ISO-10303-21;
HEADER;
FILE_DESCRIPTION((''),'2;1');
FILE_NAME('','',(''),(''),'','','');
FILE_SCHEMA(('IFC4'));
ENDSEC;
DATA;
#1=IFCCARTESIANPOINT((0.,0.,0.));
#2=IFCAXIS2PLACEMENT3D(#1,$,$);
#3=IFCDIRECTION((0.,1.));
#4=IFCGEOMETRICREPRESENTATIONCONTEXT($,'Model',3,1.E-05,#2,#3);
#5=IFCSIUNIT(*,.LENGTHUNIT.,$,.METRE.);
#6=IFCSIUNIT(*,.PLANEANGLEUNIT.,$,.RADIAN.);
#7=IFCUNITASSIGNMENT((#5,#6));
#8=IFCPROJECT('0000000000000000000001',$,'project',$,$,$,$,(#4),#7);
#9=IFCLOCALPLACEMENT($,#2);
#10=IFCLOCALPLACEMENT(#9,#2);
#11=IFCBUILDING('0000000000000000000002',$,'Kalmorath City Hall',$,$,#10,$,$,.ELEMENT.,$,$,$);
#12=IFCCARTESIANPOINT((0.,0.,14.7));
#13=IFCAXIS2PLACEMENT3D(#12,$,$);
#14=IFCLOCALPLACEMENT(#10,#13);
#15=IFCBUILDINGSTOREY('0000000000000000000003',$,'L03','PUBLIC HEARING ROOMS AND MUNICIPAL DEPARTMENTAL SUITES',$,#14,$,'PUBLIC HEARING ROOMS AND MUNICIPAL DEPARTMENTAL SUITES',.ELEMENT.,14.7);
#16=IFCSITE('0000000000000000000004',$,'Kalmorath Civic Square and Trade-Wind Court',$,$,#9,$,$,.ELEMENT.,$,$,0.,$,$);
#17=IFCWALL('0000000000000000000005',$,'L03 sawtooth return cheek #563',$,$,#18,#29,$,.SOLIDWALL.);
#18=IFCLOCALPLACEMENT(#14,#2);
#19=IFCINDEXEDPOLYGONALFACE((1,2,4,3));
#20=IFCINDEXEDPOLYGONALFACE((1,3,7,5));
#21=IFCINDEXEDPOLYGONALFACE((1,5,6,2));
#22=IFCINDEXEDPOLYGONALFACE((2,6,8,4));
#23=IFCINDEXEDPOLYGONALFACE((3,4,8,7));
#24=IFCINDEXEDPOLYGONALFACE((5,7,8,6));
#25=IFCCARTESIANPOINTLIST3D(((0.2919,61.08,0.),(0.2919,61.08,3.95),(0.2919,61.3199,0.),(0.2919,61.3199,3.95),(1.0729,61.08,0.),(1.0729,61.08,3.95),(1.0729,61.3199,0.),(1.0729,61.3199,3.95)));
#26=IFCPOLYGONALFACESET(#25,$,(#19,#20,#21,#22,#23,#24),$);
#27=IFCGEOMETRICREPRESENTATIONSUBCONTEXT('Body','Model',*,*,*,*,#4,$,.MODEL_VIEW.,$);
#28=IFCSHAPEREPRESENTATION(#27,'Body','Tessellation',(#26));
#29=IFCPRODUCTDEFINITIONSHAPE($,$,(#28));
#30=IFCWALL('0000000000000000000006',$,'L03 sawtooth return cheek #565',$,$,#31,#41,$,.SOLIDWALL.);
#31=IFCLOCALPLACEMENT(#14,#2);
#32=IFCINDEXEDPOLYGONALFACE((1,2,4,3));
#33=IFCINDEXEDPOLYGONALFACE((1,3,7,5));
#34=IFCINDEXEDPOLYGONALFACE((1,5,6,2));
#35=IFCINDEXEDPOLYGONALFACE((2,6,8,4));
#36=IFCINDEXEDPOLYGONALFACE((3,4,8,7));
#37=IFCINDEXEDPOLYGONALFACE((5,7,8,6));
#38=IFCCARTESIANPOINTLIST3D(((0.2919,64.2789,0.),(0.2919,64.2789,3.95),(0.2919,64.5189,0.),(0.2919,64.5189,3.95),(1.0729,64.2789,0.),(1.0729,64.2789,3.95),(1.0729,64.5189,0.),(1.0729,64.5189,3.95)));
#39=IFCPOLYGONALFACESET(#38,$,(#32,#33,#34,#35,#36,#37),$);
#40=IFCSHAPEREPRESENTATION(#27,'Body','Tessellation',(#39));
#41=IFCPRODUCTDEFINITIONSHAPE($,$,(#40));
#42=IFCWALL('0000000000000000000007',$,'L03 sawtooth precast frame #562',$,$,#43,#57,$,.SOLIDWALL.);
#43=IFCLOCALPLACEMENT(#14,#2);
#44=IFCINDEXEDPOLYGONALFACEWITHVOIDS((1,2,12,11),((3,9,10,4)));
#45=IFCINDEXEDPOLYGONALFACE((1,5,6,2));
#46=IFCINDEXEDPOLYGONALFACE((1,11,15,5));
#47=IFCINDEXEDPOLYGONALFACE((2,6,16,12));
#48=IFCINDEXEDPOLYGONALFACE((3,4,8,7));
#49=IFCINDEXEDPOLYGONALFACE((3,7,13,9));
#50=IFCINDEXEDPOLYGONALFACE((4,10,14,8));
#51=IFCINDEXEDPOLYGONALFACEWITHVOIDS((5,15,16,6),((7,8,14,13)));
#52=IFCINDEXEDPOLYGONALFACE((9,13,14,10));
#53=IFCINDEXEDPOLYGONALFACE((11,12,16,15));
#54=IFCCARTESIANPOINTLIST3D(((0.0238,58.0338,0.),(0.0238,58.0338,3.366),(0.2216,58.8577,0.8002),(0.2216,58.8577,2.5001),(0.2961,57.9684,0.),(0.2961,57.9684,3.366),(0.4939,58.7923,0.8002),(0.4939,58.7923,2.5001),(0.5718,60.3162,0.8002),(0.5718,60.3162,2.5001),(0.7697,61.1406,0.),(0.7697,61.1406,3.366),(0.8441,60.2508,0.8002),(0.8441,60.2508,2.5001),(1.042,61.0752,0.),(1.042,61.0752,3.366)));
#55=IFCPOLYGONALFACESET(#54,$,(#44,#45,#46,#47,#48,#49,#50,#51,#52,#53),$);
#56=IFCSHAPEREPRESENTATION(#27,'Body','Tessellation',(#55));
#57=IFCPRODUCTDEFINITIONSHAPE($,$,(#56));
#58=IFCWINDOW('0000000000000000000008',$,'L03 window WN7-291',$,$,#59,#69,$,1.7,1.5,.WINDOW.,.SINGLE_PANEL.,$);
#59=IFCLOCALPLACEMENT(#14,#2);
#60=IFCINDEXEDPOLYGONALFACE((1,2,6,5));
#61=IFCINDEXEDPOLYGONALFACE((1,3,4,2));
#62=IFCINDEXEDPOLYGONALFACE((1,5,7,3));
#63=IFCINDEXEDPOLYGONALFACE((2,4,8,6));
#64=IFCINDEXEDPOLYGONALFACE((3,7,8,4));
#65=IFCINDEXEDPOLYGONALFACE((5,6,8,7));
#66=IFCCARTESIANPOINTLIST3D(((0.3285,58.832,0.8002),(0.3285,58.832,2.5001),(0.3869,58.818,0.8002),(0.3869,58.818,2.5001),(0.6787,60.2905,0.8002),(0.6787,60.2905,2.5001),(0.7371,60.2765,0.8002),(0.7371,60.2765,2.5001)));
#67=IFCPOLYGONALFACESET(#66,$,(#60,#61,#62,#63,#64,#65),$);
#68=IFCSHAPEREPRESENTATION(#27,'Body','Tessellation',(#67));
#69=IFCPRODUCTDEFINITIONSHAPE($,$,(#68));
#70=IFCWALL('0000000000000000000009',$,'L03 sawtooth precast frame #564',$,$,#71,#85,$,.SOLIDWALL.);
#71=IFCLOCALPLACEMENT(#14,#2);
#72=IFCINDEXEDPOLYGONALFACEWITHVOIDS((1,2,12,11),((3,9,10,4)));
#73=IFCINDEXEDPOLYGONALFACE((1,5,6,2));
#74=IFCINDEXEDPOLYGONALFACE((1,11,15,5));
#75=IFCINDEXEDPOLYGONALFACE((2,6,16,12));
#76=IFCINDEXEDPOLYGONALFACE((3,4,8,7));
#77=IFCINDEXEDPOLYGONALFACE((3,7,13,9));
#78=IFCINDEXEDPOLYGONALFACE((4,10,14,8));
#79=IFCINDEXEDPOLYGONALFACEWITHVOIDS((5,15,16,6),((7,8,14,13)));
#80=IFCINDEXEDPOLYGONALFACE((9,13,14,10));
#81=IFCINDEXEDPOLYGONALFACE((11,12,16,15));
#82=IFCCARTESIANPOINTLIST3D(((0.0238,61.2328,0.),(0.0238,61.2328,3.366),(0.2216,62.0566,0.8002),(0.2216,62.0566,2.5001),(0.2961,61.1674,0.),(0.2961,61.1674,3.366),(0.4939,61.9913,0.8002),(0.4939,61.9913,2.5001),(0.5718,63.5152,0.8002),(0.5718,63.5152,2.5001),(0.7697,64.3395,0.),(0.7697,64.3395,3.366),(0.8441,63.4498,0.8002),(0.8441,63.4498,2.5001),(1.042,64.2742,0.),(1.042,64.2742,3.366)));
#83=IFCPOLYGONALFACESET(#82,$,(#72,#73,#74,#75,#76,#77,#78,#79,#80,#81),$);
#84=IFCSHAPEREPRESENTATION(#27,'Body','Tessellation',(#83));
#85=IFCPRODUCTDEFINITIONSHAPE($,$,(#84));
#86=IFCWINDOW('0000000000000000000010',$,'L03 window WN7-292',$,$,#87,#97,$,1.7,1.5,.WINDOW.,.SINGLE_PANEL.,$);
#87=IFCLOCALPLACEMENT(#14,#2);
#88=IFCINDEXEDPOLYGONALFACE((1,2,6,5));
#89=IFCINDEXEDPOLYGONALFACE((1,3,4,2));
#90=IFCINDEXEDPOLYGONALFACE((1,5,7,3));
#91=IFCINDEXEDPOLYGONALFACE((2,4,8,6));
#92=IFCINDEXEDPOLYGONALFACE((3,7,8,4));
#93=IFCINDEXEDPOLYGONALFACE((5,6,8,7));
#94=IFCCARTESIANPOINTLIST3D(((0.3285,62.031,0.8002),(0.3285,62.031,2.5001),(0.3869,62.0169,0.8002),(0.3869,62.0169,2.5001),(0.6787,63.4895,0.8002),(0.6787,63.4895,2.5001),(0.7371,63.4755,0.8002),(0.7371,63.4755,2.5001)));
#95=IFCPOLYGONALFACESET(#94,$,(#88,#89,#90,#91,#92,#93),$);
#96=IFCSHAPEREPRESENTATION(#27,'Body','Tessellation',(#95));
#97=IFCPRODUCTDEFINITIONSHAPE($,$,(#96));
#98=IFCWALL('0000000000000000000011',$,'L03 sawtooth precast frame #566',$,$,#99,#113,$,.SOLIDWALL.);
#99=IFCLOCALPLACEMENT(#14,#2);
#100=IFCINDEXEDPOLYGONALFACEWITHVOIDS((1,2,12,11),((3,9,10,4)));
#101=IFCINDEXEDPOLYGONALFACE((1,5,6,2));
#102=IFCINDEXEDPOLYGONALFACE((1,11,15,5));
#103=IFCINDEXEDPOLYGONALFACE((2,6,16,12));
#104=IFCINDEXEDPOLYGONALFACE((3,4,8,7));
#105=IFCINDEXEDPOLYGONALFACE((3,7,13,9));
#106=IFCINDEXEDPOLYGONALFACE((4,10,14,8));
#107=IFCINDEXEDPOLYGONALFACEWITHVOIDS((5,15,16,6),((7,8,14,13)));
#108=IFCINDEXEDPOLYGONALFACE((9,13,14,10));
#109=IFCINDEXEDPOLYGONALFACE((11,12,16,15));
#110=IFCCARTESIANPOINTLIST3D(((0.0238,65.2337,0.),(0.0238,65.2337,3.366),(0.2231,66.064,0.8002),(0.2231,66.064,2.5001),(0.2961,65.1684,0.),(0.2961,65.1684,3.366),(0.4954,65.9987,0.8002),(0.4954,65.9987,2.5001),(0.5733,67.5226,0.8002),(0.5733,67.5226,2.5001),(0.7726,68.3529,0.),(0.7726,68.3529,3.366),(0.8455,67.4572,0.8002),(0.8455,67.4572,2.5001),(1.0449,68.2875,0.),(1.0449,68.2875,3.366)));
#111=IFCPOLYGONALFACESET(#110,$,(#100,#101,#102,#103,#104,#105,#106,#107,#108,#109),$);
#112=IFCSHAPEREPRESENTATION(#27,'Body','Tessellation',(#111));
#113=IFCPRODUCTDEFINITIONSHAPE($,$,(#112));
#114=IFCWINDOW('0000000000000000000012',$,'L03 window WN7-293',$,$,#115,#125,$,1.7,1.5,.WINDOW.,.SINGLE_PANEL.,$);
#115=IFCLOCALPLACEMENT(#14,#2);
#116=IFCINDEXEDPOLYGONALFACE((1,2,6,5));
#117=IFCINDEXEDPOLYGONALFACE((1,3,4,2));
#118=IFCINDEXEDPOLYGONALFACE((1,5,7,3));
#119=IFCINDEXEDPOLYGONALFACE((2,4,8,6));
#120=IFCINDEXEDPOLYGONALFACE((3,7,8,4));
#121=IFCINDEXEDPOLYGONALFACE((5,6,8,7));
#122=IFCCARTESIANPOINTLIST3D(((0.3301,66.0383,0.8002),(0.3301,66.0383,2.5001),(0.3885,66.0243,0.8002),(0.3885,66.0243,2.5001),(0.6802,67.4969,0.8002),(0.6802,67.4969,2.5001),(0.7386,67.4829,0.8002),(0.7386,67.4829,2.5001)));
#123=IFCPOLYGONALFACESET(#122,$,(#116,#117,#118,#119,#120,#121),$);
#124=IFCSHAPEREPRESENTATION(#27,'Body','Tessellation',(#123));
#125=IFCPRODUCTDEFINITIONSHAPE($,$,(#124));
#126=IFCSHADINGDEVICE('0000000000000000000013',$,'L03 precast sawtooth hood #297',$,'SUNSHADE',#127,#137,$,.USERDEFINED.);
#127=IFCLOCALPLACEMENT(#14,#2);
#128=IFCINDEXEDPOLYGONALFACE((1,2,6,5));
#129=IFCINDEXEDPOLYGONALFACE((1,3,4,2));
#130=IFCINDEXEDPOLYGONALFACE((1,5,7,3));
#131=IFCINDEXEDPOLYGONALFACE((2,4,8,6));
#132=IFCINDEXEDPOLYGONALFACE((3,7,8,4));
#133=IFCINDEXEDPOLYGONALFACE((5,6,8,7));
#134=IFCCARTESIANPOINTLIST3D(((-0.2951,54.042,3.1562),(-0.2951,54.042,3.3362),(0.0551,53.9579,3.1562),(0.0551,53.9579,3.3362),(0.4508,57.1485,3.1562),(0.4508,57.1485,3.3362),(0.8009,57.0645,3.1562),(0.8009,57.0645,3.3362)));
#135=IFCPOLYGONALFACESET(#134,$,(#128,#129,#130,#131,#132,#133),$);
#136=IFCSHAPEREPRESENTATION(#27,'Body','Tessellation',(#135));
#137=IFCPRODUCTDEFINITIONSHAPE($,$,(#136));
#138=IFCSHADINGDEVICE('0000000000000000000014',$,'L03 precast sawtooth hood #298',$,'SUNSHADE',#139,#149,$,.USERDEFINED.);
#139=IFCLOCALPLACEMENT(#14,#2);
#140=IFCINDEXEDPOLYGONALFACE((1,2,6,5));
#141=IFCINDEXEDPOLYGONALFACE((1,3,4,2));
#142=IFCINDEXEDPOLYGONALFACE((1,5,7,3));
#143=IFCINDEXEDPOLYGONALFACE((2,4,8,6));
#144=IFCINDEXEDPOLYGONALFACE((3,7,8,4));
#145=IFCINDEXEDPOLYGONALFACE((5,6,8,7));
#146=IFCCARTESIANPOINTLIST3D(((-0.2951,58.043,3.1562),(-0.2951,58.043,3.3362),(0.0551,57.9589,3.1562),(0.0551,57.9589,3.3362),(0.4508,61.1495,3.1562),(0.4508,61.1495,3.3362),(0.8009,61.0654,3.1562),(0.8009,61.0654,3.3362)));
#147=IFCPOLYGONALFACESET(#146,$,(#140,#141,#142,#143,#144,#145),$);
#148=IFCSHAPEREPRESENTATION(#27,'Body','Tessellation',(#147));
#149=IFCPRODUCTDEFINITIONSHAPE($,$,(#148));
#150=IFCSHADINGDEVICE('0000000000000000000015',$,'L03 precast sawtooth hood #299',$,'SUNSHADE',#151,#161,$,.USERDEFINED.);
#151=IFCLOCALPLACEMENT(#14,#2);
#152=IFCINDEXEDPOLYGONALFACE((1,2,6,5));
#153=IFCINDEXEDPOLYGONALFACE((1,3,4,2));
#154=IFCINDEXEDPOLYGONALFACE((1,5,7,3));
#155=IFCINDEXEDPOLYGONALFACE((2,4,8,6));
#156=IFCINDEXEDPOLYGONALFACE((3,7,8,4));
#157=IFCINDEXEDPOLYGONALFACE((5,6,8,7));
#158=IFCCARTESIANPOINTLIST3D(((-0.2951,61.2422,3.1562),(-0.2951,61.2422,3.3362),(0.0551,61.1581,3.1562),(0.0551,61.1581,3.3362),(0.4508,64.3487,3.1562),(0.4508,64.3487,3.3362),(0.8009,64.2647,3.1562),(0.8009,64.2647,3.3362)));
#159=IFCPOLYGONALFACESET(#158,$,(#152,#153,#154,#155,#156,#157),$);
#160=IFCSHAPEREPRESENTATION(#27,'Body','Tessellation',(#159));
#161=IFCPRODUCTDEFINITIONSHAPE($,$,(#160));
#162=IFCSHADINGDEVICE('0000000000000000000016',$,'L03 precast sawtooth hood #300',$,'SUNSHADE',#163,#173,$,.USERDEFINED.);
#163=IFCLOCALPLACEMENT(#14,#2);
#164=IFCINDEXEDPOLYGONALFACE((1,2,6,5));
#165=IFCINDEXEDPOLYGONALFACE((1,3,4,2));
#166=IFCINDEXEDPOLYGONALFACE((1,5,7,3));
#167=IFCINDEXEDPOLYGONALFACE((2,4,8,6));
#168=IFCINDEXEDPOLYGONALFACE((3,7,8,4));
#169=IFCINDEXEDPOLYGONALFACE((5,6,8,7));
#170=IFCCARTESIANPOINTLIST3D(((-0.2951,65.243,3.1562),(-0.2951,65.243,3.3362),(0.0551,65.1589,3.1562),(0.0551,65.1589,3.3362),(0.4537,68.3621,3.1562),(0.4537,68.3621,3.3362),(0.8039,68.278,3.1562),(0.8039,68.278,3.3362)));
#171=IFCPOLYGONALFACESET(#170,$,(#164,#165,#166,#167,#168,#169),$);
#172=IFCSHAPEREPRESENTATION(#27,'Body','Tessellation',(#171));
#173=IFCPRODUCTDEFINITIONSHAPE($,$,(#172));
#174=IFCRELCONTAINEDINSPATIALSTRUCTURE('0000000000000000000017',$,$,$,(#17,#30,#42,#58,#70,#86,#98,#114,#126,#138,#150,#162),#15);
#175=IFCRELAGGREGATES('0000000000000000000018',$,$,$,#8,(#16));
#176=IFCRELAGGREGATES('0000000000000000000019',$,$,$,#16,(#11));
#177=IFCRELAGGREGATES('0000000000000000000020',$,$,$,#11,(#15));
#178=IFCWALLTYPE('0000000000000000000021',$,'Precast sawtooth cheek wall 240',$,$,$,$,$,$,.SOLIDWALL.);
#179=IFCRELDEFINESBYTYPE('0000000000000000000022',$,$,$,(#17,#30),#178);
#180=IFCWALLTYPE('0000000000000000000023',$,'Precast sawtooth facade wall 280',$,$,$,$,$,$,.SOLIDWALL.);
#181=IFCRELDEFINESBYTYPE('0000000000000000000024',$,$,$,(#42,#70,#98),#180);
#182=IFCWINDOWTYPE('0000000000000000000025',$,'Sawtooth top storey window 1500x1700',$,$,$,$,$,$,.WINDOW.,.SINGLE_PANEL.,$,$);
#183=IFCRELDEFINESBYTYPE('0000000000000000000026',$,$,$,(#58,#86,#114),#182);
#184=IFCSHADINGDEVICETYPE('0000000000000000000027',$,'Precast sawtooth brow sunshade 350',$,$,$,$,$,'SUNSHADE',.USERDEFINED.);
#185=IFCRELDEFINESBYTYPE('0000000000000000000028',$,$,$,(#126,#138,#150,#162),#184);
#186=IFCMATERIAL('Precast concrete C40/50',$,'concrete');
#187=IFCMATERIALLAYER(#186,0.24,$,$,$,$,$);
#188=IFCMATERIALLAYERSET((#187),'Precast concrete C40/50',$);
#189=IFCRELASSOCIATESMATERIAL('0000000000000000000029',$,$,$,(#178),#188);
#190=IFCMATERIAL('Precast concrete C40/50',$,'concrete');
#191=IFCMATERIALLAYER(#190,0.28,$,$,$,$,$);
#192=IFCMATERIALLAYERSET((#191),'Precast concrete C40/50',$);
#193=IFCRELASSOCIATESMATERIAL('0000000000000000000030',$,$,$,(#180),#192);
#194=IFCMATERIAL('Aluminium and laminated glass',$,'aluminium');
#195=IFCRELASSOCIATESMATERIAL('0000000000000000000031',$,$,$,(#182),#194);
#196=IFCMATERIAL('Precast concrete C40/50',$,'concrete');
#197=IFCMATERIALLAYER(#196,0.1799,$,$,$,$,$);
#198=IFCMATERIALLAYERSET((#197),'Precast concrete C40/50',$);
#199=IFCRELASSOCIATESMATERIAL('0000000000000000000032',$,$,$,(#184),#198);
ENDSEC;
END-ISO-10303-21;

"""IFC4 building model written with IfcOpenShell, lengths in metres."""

from ifc_helpers import new_model, si_unit, direction, frame, frame_2d, origin, origin_2d, place, context, subcontext, project, spatial, rectangle, extrude, material, layer, layer_set, type_object, element, fill, save


model = new_model("IFC4")

# Units and contexts
model_context = context("Model", 3, precision=1e-05, world=origin(), true_north=direction((0.0, 1.0)))
body_context = subcontext(model_context, "Body", "Model", "MODEL_VIEW")
ifc_project = project(units=[si_unit("LENGTHUNIT", "METRE"), si_unit("PLANEANGLEUNIT", "RADIAN")], contexts=[model_context])

# Site, building, storey
site_placement = place(None, origin())
site = spatial("IfcSite", under=ifc_project, at=site_placement, Name="Kalmorath Civic Square and Trade-Wind Court", CompositionType="ELEMENT", RefElevation=0.0)
building_placement = place(site_placement, origin())
building = spatial("IfcBuilding", under=site, at=building_placement, Name="Kalmorath City Hall", CompositionType="ELEMENT")
storey_placement = place(building_placement, frame((0.0, 0.0, 14.7)))
storey = spatial("IfcBuildingStorey", under=building, at=storey_placement, Name="L03", Description="PUBLIC HEARING ROOMS AND MUNICIPAL DEPARTMENTAL SUITES", LongName="PUBLIC HEARING ROOMS AND MUNICIPAL DEPARTMENTAL SUITES", CompositionType="ELEMENT", Elevation=14.7)

# Walls
ifc_material_1 = material(Name="Precast concrete C40/50", Category="concrete")
ifc_layer_1 = layer(ifc_material_1, 0.24)
ifc_layer_set_1 = layer_set([ifc_layer_1], Name="Precast concrete C40/50")
wall_type_1 = type_object("IfcWallType", Name="Precast sawtooth cheek wall 240", PredefinedType="SOLIDWALL", material=ifc_layer_set_1)
for number, where, z_axis, x_axis, name in (
    (1, (1.073, 61.2, 0.0), (0.0, 0.0, 1.0), (-1.0, 0.0, 0.0), "L03 sawtooth return cheek #563"),
    (2, (1.073, 64.3989, 0.0), (0.0, 0.0, 1.0), (-1.0, 0.0, 0.0), "L03 sawtooth return cheek #565"),
):
    element("IfcWall", number, at=place(storey_placement, frame(where, z_axis=z_axis, x_axis=x_axis)), inside=storey, type_object=wall_type_1, Name=name, PredefinedType="SOLIDWALL", context=body_context, shape_type="SweptSolid", body=[
        extrude(rectangle(XDim=0.781, YDim=0.24, at=frame_2d((0.3906, 0.0))), origin(), (0.0, 0.0, 1.0), 3.95),
    ])

# Walls, openings, windows
ifc_material_2 = material(Name="Precast concrete C40/50", Category="concrete")
ifc_layer_2 = layer(ifc_material_2, 0.28)
ifc_layer_set_2 = layer_set([ifc_layer_2], Name="Precast concrete C40/50")
wall_type_2 = type_object("IfcWallType", Name="Precast sawtooth facade wall 280", PredefinedType="SOLIDWALL", material=ifc_layer_set_2)
wall_1_placement = place(storey_placement, frame((0.1599, 58.001, 0.0), z_axis=(0.0, 0.0, 1.0), x_axis=(0.233445, 0.97237, 0.0)))
wall_1 = element("IfcWall", 3, at=wall_1_placement, inside=storey, type_object=wall_type_2, Name="L03 sawtooth precast frame #562", PredefinedType="SOLIDWALL", context=body_context, shape_type="SweptSolid", body=[
    extrude(rectangle(XDim=3.1951, YDim=0.28, at=frame_2d((1.5977, 0.0))), origin(), (0.0, 0.0, 1.0), 3.366),
])
opening_1_placement = place(wall_1_placement, frame((0.8474, 0.0, 0.8)))
opening_1 = element("IfcOpeningElement", 4, at=opening_1_placement, cuts=wall_1, PredefinedType="OPENING", context=body_context, shape_type="SweptSolid", body=[
    extrude(rectangle(XDim=1.5, YDim=1.7, at=frame_2d((0.75, 0.8501))), frame((0.0, 0.1499, 0.0), z_axis=(0.0, -1.0, 0.0), x_axis=(1.0, 0.0, 0.0)), (0.0, 0.0, 1.0), 0.3),
])
ifc_material_3 = material(Name="Aluminium and laminated glass", Category="aluminium")
window_type = type_object("IfcWindowType", Name="Sawtooth top storey window 1500x1700", PartitioningType="SINGLE_PANEL", PredefinedType="WINDOW", material=ifc_material_3)
window_1_placement = place(opening_1_placement, origin())
window_1 = element("IfcWindow", 5, at=window_1_placement, inside=storey, type_object=window_type, Name="L03 window WN7-291", OverallHeight=1.7, OverallWidth=1.5, PartitioningType="SINGLE_PANEL", PredefinedType="WINDOW", context=body_context, shape_type="SweptSolid", body=[
    extrude(rectangle(XDim=1.5, YDim=1.7, at=frame_2d((0.75, 0.8501))), frame((0.0, 0.03, 0.0), z_axis=(0.0, -1.0, 0.0), x_axis=(1.0, 0.0, 0.0)), (0.0, 0.0, 1.0), 0.0601),
])
fill(opening_1, window_1)
wall_2_placement = place(storey_placement, frame((0.1599, 61.2, 0.0), z_axis=(0.0, 0.0, 1.0), x_axis=(0.233445, 0.97237, 0.0)))
wall_2 = element("IfcWall", 6, at=wall_2_placement, inside=storey, type_object=wall_type_2, Name="L03 sawtooth precast frame #564", PredefinedType="SOLIDWALL", context=body_context, shape_type="SweptSolid", body=[
    extrude(rectangle(XDim=3.1951, YDim=0.28, at=frame_2d((1.5977, 0.0))), origin(), (0.0, 0.0, 1.0), 3.366),
])
opening_2_placement = place(wall_2_placement, frame((0.8474, 0.0, 0.8)))
opening_2 = element("IfcOpeningElement", 7, at=opening_2_placement, cuts=wall_2, PredefinedType="OPENING", context=body_context, shape_type="SweptSolid", body=[
    extrude(rectangle(XDim=1.5, YDim=1.7, at=frame_2d((0.75, 0.8501))), frame((0.0, 0.1499, 0.0), z_axis=(0.0, -1.0, 0.0), x_axis=(1.0, 0.0, 0.0)), (0.0, 0.0, 1.0), 0.3),
])
window_2_placement = place(opening_2_placement, origin())
window_2 = element("IfcWindow", 8, at=window_2_placement, inside=storey, type_object=window_type, Name="L03 window WN7-292", OverallHeight=1.7, OverallWidth=1.5, PartitioningType="SINGLE_PANEL", PredefinedType="WINDOW", context=body_context, shape_type="SweptSolid", body=[
    extrude(rectangle(XDim=1.5, YDim=1.7, at=frame_2d((0.75, 0.8501))), frame((0.0, 0.03, 0.0), z_axis=(0.0, -1.0, 0.0), x_axis=(1.0, 0.0, 0.0)), (0.0, 0.0, 1.0), 0.0601),
])
fill(opening_2, window_2)
wall_3_placement = place(storey_placement, frame((0.1599, 65.2009, 0.0), z_axis=(0.0, 0.0, 1.0), x_axis=(0.233428, 0.972374, 0.0)))
wall_3 = element("IfcWall", 9, at=wall_3_placement, inside=storey, type_object=wall_type_2, Name="L03 sawtooth precast frame #566", PredefinedType="SOLIDWALL", context=body_context, shape_type="SweptSolid", body=[
    extrude(rectangle(XDim=3.2078, YDim=0.28, at=frame_2d((1.604, 0.0))), origin(), (0.0, 0.0, 1.0), 3.366),
])
opening_3_placement = place(wall_3_placement, frame((0.854, 0.0, 0.8)))
opening_3 = element("IfcOpeningElement", 10, at=opening_3_placement, cuts=wall_3, PredefinedType="OPENING", context=body_context, shape_type="SweptSolid", body=[
    extrude(rectangle(XDim=1.5, YDim=1.7, at=frame_2d((0.75, 0.8501))), frame((0.0, 0.1499, 0.0), z_axis=(0.0, -1.0, 0.0), x_axis=(1.0, 0.0, 0.0)), (0.0, 0.0, 1.0), 0.3),
])
window_3_placement = place(opening_3_placement, origin())
window_3 = element("IfcWindow", 11, at=window_3_placement, inside=storey, type_object=window_type, Name="L03 window WN7-293", OverallHeight=1.7, OverallWidth=1.5, PartitioningType="SINGLE_PANEL", PredefinedType="WINDOW", context=body_context, shape_type="SweptSolid", body=[
    extrude(rectangle(XDim=1.5, YDim=1.7, at=frame_2d((0.75, 0.8501))), frame((0.0, 0.03, 0.0), z_axis=(0.0, -1.0, 0.0), x_axis=(1.0, 0.0, 0.0)), (0.0, 0.0, 1.0), 0.0601),
])
fill(opening_3, window_3)

# Shading devices
ifc_material_4 = material(Name="Precast concrete C40/50", Category="concrete")
ifc_layer_3 = layer(ifc_material_4, 0.1799)
ifc_layer_set_3 = layer_set([ifc_layer_3], Name="Precast concrete C40/50")
shading_device_type = type_object("IfcShadingDeviceType", Name="Precast sawtooth brow sunshade 350", ElementType="SUNSHADE", PredefinedType="USERDEFINED", material=ifc_layer_set_3)
for number, where, z_axis, x_axis, name in (
    (12, (0.2529, 55.5532, 3.1562), (0.0, 0.0, 1.0), (0.233445, 0.97237, 0.0), "L03 precast sawtooth hood #297"),
    (13, (0.2529, 59.5542, 3.1562), (0.0, 0.0, 1.0), (0.233445, 0.97237, 0.0), "L03 precast sawtooth hood #298"),
    (14, (0.2529, 62.7534, 3.1562), (0.0, 0.0, 1.0), (0.233445, 0.97237, 0.0), "L03 precast sawtooth hood #299"),
):
    element("IfcShadingDevice", number, at=place(storey_placement, frame(where, z_axis=z_axis, x_axis=x_axis)), inside=storey, type_object=shading_device_type, Name=name, ObjectType="SUNSHADE", PredefinedType="USERDEFINED", context=body_context, shape_type="SweptSolid", body=[
        extrude(rectangle(XDim=3.1948, YDim=0.3601, at=origin_2d()), origin(), (0.0, 0.0, 1.0), 0.1799),
    ])
shading_device_placement = place(storey_placement, frame((0.2544, 66.7605, 3.1562), z_axis=(0.0, 0.0, 1.0), x_axis=(0.233445, 0.97237, 0.0)))
element("IfcShadingDevice", 15, at=shading_device_placement, inside=storey, type_object=shading_device_type, Name="L03 precast sawtooth hood #300", ObjectType="SUNSHADE", PredefinedType="USERDEFINED", context=body_context, shape_type="SweptSolid", body=[
    extrude(rectangle(XDim=3.2078, YDim=0.3601, at=origin_2d()), origin(), (0.0, 0.0, 1.0), 0.1799),
])

save(model, "model.ifc")
